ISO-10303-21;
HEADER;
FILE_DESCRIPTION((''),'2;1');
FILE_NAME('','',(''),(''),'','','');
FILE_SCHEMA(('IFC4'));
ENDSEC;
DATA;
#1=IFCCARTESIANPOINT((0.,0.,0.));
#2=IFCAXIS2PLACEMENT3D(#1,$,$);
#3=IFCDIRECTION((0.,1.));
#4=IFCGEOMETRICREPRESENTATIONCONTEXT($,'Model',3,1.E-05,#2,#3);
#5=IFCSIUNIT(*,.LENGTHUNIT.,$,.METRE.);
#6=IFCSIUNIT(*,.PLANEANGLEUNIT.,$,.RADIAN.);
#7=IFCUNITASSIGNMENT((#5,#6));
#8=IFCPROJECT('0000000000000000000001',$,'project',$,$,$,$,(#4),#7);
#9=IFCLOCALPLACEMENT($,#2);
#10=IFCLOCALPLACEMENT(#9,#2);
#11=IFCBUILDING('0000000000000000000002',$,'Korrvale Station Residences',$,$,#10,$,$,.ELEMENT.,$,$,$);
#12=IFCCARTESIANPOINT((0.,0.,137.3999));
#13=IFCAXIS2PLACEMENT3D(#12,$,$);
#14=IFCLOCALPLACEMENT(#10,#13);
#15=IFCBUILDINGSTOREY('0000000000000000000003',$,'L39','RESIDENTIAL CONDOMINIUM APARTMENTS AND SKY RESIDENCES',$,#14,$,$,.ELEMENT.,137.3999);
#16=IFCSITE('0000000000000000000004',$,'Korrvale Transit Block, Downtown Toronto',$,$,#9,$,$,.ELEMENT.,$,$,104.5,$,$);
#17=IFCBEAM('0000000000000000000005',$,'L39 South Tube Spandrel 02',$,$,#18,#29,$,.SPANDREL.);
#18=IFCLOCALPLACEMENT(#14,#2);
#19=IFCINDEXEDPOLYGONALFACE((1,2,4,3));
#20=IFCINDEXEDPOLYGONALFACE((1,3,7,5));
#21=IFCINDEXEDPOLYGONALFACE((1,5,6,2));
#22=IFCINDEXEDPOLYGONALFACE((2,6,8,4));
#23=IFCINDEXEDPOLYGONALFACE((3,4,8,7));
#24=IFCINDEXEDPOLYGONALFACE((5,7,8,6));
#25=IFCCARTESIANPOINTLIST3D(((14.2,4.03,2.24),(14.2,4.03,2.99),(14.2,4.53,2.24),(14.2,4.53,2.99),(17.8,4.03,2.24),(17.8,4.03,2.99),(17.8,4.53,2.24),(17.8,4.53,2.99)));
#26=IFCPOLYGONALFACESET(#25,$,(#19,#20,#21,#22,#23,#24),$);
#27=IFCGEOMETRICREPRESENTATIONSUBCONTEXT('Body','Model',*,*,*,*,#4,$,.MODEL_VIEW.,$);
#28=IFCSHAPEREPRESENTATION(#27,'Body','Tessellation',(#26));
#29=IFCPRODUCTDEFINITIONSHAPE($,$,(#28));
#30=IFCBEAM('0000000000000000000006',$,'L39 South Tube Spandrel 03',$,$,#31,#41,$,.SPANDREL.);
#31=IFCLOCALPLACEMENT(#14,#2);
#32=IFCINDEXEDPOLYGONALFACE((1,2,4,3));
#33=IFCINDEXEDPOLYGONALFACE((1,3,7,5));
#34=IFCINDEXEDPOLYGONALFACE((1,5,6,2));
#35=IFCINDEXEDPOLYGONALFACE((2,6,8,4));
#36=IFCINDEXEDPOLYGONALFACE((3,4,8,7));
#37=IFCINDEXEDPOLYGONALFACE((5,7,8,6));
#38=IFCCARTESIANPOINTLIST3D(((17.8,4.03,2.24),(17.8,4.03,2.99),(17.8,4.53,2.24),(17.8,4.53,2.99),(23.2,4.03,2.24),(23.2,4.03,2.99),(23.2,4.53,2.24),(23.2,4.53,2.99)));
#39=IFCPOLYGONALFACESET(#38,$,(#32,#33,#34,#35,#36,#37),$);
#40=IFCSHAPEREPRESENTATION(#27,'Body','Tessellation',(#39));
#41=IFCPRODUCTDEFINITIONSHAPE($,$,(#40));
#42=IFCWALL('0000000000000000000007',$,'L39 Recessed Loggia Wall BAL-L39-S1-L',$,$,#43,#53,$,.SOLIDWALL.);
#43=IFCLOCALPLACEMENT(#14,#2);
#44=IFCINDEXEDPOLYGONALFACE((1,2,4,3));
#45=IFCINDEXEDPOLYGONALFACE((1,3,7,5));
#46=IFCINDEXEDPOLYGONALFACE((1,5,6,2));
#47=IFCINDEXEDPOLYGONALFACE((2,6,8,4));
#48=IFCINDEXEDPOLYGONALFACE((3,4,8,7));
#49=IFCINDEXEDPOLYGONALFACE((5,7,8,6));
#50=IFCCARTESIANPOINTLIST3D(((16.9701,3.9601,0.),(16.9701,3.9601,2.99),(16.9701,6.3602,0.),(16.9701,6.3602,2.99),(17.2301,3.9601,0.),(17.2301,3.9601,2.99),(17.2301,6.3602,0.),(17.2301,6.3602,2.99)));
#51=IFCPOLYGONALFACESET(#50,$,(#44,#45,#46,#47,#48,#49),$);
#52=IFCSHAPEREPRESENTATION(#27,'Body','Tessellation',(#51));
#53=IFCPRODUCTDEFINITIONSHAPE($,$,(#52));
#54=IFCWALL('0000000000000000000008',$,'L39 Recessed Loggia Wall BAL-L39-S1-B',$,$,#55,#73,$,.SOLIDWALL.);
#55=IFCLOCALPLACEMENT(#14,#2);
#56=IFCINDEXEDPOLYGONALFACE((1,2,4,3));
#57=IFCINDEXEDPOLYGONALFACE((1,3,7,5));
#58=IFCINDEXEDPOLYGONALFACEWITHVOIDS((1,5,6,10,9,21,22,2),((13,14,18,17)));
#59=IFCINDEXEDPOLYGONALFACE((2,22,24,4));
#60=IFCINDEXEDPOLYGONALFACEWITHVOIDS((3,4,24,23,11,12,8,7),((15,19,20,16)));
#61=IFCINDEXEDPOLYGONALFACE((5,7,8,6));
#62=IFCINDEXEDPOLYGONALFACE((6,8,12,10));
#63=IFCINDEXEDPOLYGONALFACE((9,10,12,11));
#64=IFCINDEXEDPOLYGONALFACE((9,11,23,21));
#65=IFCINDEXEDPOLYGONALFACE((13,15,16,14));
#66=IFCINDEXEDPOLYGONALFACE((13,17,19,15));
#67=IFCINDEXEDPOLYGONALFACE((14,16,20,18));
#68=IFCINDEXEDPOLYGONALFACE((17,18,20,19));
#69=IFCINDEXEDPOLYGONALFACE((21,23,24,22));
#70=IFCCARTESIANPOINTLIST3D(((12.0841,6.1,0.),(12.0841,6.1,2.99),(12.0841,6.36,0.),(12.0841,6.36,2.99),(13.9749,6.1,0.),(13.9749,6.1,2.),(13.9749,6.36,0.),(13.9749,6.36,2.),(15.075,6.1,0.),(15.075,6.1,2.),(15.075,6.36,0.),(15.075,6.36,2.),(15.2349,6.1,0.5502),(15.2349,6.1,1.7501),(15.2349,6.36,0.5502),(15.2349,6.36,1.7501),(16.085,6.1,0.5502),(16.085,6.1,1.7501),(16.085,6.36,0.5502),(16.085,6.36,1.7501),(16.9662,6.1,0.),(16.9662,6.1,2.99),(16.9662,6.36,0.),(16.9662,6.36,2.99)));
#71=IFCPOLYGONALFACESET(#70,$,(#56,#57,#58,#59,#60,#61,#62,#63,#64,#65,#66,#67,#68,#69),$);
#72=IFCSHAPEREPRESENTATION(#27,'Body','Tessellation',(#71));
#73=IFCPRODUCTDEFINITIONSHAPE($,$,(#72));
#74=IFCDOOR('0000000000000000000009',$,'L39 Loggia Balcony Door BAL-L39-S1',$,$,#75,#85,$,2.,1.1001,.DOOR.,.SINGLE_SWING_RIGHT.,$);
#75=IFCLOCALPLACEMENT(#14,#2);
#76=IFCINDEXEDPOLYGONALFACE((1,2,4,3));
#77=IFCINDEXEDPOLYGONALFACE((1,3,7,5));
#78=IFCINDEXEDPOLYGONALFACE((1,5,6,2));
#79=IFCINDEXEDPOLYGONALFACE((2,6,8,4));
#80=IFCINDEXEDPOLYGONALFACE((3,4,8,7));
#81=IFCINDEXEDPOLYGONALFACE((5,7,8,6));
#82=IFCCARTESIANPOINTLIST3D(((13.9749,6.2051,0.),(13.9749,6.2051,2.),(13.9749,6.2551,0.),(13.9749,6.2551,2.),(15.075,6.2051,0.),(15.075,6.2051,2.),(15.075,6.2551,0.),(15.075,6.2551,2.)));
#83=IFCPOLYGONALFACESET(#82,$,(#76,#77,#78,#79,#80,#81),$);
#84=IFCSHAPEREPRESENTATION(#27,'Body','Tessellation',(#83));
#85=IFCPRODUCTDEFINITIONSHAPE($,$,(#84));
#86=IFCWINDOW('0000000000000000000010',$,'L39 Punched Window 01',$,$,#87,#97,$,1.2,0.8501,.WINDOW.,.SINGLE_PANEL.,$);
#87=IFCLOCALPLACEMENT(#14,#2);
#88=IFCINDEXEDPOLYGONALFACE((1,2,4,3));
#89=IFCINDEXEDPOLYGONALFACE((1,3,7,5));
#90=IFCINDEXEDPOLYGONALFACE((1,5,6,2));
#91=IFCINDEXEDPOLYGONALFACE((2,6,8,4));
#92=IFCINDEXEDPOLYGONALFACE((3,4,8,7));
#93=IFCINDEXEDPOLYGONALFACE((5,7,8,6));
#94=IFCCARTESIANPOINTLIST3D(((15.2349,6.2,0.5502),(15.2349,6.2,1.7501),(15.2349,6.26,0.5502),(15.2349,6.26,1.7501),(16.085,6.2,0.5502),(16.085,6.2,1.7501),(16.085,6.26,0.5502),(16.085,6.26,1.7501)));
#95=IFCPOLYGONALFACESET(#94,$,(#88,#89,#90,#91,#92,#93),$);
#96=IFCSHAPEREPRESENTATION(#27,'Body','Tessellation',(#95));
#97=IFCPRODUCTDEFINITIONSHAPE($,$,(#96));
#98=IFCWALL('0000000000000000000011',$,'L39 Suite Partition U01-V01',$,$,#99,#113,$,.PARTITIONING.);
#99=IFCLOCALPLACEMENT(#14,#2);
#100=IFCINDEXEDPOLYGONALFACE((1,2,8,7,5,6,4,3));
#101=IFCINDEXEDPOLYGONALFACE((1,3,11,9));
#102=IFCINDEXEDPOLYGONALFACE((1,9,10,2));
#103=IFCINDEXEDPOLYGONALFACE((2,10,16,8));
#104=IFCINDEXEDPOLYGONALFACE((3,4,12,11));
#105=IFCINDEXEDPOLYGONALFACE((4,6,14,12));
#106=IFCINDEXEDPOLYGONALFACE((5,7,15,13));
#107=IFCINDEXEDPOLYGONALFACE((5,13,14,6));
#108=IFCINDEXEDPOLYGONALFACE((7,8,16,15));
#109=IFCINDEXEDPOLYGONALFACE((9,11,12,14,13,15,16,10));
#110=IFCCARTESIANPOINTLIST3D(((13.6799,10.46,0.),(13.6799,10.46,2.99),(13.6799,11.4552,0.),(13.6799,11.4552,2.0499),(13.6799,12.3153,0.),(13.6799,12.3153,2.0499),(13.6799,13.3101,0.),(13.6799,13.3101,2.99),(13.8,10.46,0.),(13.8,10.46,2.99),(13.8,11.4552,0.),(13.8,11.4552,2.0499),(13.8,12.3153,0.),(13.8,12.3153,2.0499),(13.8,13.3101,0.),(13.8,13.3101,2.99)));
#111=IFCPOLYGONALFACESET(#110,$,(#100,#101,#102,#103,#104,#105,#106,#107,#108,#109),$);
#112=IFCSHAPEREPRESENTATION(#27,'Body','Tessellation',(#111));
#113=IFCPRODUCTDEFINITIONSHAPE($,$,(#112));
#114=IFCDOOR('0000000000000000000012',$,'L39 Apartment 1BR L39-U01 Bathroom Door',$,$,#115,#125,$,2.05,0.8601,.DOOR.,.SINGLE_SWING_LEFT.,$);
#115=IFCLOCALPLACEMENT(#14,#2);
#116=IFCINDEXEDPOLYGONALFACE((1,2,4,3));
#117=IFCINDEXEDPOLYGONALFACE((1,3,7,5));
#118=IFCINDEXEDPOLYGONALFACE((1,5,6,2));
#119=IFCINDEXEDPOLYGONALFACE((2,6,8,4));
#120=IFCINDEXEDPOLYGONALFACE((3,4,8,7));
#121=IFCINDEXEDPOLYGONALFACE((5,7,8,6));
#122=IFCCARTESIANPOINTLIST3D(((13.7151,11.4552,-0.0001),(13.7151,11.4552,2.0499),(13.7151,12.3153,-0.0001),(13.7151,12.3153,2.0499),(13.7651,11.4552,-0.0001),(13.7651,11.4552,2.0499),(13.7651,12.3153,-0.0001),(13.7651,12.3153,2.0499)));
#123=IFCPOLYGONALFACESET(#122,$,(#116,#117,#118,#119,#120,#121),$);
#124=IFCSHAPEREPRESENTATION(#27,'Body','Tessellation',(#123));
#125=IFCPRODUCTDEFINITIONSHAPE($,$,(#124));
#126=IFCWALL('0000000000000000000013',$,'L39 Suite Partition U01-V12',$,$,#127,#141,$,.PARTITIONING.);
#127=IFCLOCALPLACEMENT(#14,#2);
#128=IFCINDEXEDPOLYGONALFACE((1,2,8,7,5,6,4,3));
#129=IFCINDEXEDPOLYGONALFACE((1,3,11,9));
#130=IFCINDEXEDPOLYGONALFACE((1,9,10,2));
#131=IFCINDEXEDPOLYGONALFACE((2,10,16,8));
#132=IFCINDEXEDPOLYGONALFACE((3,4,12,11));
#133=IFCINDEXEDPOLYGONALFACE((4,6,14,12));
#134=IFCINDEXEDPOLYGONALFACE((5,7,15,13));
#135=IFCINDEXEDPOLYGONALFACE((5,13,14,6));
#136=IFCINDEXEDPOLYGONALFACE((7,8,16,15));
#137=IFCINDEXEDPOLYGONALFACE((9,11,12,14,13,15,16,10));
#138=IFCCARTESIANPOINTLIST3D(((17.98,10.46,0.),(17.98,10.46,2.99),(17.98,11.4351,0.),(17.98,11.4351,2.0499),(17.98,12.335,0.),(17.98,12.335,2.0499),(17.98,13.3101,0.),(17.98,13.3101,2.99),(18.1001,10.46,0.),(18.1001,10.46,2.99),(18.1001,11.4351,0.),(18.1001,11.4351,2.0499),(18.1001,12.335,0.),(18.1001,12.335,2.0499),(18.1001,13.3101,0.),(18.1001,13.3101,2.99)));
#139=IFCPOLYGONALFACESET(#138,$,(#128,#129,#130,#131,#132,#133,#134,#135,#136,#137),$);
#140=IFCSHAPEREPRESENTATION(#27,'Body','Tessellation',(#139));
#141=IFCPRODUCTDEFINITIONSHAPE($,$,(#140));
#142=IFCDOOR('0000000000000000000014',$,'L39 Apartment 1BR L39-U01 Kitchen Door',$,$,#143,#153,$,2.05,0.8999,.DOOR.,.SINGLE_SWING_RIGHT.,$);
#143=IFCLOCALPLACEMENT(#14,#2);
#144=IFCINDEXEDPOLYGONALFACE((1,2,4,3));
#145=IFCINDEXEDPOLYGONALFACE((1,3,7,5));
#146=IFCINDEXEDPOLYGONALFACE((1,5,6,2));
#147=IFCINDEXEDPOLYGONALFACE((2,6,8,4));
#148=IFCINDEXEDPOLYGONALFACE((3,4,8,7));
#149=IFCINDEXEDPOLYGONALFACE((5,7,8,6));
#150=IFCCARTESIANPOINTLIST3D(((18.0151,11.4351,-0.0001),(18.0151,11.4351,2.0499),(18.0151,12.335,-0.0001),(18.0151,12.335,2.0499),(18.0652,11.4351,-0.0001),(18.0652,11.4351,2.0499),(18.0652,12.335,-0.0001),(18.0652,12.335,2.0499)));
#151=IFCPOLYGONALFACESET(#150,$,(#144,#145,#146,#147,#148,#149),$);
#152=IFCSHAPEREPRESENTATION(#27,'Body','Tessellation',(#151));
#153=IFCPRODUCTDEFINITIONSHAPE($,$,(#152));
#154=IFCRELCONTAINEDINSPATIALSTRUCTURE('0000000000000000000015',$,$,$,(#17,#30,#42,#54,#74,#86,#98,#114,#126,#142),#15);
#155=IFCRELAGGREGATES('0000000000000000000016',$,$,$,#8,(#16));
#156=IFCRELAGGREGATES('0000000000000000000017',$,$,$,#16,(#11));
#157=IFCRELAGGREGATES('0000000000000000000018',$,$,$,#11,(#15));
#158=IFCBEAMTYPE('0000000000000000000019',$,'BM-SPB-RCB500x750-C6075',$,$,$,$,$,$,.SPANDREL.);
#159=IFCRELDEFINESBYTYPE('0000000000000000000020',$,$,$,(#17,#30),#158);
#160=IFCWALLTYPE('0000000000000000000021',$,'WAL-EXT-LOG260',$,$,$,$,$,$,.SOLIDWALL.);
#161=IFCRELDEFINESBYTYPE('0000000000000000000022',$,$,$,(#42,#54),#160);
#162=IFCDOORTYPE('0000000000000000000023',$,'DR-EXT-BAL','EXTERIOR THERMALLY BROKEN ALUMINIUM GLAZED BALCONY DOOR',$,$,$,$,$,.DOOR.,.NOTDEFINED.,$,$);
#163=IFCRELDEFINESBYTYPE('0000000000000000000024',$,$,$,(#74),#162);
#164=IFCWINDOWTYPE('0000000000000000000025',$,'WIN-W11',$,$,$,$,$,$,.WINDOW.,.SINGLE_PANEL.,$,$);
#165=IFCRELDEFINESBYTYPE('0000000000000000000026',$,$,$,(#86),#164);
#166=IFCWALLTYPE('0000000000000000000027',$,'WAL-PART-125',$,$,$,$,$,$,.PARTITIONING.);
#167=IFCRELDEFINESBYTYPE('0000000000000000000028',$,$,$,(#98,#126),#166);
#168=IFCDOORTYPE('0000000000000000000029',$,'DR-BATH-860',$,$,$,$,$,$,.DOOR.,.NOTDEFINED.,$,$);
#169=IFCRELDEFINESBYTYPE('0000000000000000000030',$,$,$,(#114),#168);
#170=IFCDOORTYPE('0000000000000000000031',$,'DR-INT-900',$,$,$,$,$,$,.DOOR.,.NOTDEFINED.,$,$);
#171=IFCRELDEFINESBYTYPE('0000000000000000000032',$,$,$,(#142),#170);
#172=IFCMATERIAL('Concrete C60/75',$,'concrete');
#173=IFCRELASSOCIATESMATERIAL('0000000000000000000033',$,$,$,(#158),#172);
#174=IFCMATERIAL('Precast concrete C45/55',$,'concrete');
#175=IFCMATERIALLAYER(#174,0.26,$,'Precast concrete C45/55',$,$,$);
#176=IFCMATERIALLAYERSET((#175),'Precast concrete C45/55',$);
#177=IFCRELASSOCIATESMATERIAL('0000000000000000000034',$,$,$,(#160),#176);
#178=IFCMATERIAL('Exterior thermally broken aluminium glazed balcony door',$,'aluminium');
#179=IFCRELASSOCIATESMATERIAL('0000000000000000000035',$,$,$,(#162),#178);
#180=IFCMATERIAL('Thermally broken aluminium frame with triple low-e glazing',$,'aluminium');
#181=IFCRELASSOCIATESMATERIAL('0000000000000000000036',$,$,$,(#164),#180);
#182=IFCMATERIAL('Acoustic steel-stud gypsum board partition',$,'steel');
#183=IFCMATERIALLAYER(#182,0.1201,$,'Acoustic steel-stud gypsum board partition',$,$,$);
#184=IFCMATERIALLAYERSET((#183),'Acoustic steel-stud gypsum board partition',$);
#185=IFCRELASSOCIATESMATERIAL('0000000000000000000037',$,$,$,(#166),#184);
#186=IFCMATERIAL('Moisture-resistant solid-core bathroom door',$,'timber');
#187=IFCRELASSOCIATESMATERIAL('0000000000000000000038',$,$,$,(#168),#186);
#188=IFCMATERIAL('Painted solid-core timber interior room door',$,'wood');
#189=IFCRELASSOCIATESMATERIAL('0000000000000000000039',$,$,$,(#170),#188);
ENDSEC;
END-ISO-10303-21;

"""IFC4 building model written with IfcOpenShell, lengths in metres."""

from ifc_helpers import new_model, si_unit, direction, frame, frame_2d, origin, origin_2d, place, context, subcontext, project, spatial, rectangle, extrude, material, layer, layer_set, material_profile, profile_set, type_object, element, fill, save


model = new_model("IFC4")

# Units and contexts
model_context = context("Model", 3, precision=1e-05, world=origin(), true_north=direction((0.0, 1.0)))
body_context = subcontext(model_context, "Body", "Model", "MODEL_VIEW")
ifc_project = project(units=[si_unit("LENGTHUNIT", "METRE"), si_unit("PLANEANGLEUNIT", "RADIAN")], contexts=[model_context])

# Site, building, storey
site_placement = place(None, origin())
site = spatial("IfcSite", under=ifc_project, at=site_placement, Name="Korrvale Transit Block, Downtown Toronto", CompositionType="ELEMENT", RefElevation=104.5)
building_placement = place(site_placement, origin())
building = spatial("IfcBuilding", under=site, at=building_placement, Name="Korrvale Station Residences", CompositionType="ELEMENT")
storey_placement = place(building_placement, frame((0.0, 0.0, 137.3999)))
storey = spatial("IfcBuildingStorey", under=building, at=storey_placement, Name="L39", Description="RESIDENTIAL CONDOMINIUM APARTMENTS AND SKY RESIDENCES", CompositionType="ELEMENT", Elevation=137.3999)

# Shared definitions
ifc_material_1 = material(Name="Concrete C60/75", Category="concrete")

# Beams
ifc_material_profile_1 = material_profile(ifc_material_1, rectangle(XDim=0.5, YDim=0.75, at=origin_2d()), Name="RCB500x750")
ifc_profile_set_1 = profile_set([ifc_material_profile_1], Name="Concrete C60/75")
beam_type_1 = type_object("IfcBeamType", Name="BM-SPB-RCB500x750-C6075", PredefinedType="SPANDREL", material=ifc_profile_set_1)
beam_1_placement = place(storey_placement, frame((14.2, 4.28, 2.615), z_axis=(1.0, 0.0, 0.0), x_axis=(0.0, 1.0, 0.0)))
element("IfcBeam", 1, at=beam_1_placement, inside=storey, type_object=beam_type_1, Name="L39 South Tube Spandrel 02", PredefinedType="SPANDREL", context=body_context, shape_type="SweptSolid", body=[
    extrude(rectangle(XDim=0.5, YDim=0.75, at=origin_2d()), origin(), (0.0, 0.0, 1.0), 3.6001),
])
beam_2_placement = place(storey_placement, frame((17.8, 4.28, 2.615), z_axis=(1.0, 0.0, 0.0), x_axis=(0.0, 1.0, 0.0)))
element("IfcBeam", 2, at=beam_2_placement, inside=storey, type_object=beam_type_1, Name="L39 South Tube Spandrel 03", PredefinedType="SPANDREL", context=body_context, shape_type="SweptSolid", body=[
    extrude(rectangle(XDim=0.5, YDim=0.75, at=origin_2d()), origin(), (0.0, 0.0, 1.0), 5.3999),
])

# Wall
ifc_material_2 = material(Name="Precast concrete C45/55", Category="concrete")
ifc_layer_1 = layer(ifc_material_2, 0.26, Name="Precast concrete C45/55")
ifc_layer_set_1 = layer_set([ifc_layer_1], Name="Precast concrete C45/55")
wall_type_1 = type_object("IfcWallType", Name="WAL-EXT-LOG260", PredefinedType="SOLIDWALL", material=ifc_layer_set_1)
wall_1_placement = place(storey_placement, frame((17.1001, 3.96, 0.0), z_axis=(0.0, 0.0, 1.0), x_axis=(0.0, 1.0, 0.0)))
element("IfcWall", 3, at=wall_1_placement, inside=storey, type_object=wall_type_1, Name="L39 Recessed Loggia Wall BAL-L39-S1-L", PredefinedType="SOLIDWALL", context=body_context, shape_type="SweptSolid", body=[
    extrude(rectangle(XDim=2.4001, YDim=0.26, at=frame_2d((1.2002, 0.0))), origin(), (0.0, 0.0, 1.0), 2.99),
])

# Wall, openings, door, window
wall_2_placement = place(storey_placement, frame((16.9661, 6.23, 0.0), z_axis=(0.0, 0.0, 1.0), x_axis=(-1.0, 0.0, 0.0)))
wall_2 = element("IfcWall", 4, at=wall_2_placement, inside=storey, type_object=wall_type_1, Name="L39 Recessed Loggia Wall BAL-L39-S1-B", PredefinedType="SOLIDWALL", context=body_context, shape_type="SweptSolid", body=[
    extrude(rectangle(XDim=4.8821, YDim=0.26, at=frame_2d((2.4409, 0.0))), origin(), (0.0, 0.0, 1.0), 2.99),
])
opening_1_placement = place(wall_2_placement, frame((1.8911, 0.0, 0.0)))
opening_1 = element("IfcOpeningElement", 5, at=opening_1_placement, cuts=wall_2, PredefinedType="OPENING", context=body_context, shape_type="SweptSolid", body=[
    extrude(rectangle(XDim=1.1001, YDim=2.0, at=frame_2d((0.55, 1.0))), frame((0.0, 0.1401, 0.0), z_axis=(0.0, -1.0, 0.0), x_axis=(1.0, 0.0, 0.0)), (0.0, 0.0, 1.0), 0.28),
])
opening_2_placement = place(wall_2_placement, frame((0.8811, 0.0, 0.55)))
opening_2 = element("IfcOpeningElement", 6, at=opening_2_placement, cuts=wall_2, PredefinedType="OPENING", context=body_context, shape_type="SweptSolid", body=[
    extrude(rectangle(XDim=0.8501, YDim=1.2, at=frame_2d((0.425, 0.6001))), frame((0.0, 0.1401, 0.0), z_axis=(0.0, -1.0, 0.0), x_axis=(1.0, 0.0, 0.0)), (0.0, 0.0, 1.0), 0.28),
])
ifc_material_3 = material(Name="Exterior thermally broken aluminium glazed balcony door", Category="aluminium")
door_type_1 = type_object("IfcDoorType", Name="DR-EXT-BAL", Description="EXTERIOR THERMALLY BROKEN ALUMINIUM GLAZED BALCONY DOOR", OperationType="NOTDEFINED", PredefinedType="DOOR", material=ifc_material_3)
door_1_placement = place(opening_1_placement, origin())
door_1 = element("IfcDoor", 7, at=door_1_placement, inside=storey, type_object=door_type_1, Name="L39 Loggia Balcony Door BAL-L39-S1", OperationType="SINGLE_SWING_RIGHT", OverallHeight=2.0, OverallWidth=1.1001, PredefinedType="DOOR", context=body_context, shape_type="SweptSolid", body=[
    extrude(rectangle(XDim=1.1001, YDim=2.0, at=frame_2d((0.55, 1.0))), frame((0.0, 0.0249, 0.0), z_axis=(0.0, -1.0, 0.0), x_axis=(1.0, 0.0, 0.0)), (0.0, 0.0, 1.0), 0.05),
])
fill(opening_1, door_1)
ifc_material_4 = material(Name="Thermally broken aluminium frame with triple low-e glazing", Category="aluminium")
window_type = type_object("IfcWindowType", Name="WIN-W11", PartitioningType="SINGLE_PANEL", PredefinedType="WINDOW", material=ifc_material_4)
window_placement = place(opening_2_placement, origin())
window = element("IfcWindow", 8, at=window_placement, inside=storey, type_object=window_type, Name="L39 Punched Window 01", OverallHeight=1.2, OverallWidth=0.8501, PartitioningType="SINGLE_PANEL", PredefinedType="WINDOW", context=body_context, shape_type="SweptSolid", body=[
    extrude(rectangle(XDim=0.8501, YDim=1.2, at=frame_2d((0.425, 0.6001))), frame((0.0, 0.03, 0.0), z_axis=(0.0, -1.0, 0.0), x_axis=(1.0, 0.0, 0.0)), (0.0, 0.0, 1.0), 0.0601),
])
fill(opening_2, window)

# Walls, openings, doors
ifc_material_5 = material(Name="Acoustic steel-stud gypsum board partition", Category="steel")
ifc_layer_2 = layer(ifc_material_5, 0.1201, Name="Acoustic steel-stud gypsum board partition")
ifc_layer_set_2 = layer_set([ifc_layer_2], Name="Acoustic steel-stud gypsum board partition")
wall_type_2 = type_object("IfcWallType", Name="WAL-PART-125", PredefinedType="PARTITIONING", material=ifc_layer_set_2)
wall_3_placement = place(storey_placement, frame((13.74, 10.46, 0.0), z_axis=(0.0, 0.0, 1.0), x_axis=(0.0, 1.0, 0.0)))
wall_3 = element("IfcWall", 9, at=wall_3_placement, inside=storey, type_object=wall_type_2, Name="L39 Suite Partition U01-V01", PredefinedType="PARTITIONING", context=body_context, shape_type="SweptSolid", body=[
    extrude(rectangle(XDim=2.8501, YDim=0.1201, at=frame_2d((1.425, 0.0))), origin(), (0.0, 0.0, 1.0), 2.99),
])
opening_3_placement = place(wall_3_placement, frame((0.9951, 0.0, 0.0)))
opening_3 = element("IfcOpeningElement", 10, at=opening_3_placement, cuts=wall_3, PredefinedType="OPENING", context=body_context, shape_type="SweptSolid", body=[
    extrude(rectangle(XDim=0.8601, YDim=2.05, at=frame_2d((0.4302, 1.0249))), frame((0.0, 0.0701, 0.0), z_axis=(0.0, -1.0, 0.0), x_axis=(1.0, 0.0, 0.0)), (0.0, 0.0, 1.0), 0.1401),
])
ifc_material_6 = material(Name="Moisture-resistant solid-core bathroom door", Category="timber")
door_type_2 = type_object("IfcDoorType", Name="DR-BATH-860", OperationType="NOTDEFINED", PredefinedType="DOOR", material=ifc_material_6)
door_2_placement = place(opening_3_placement, origin())
door_2 = element("IfcDoor", 11, at=door_2_placement, inside=storey, type_object=door_type_2, Name="L39 Apartment 1BR L39-U01 Bathroom Door", OperationType="SINGLE_SWING_LEFT", OverallHeight=2.05, OverallWidth=0.8601, PredefinedType="DOOR", context=body_context, shape_type="SweptSolid", body=[
    extrude(rectangle(XDim=0.8601, YDim=2.05, at=frame_2d((0.4302, 1.0249))), frame((0.0, 0.0249, 0.0), z_axis=(0.0, -1.0, 0.0), x_axis=(1.0, 0.0, 0.0)), (0.0, 0.0, 1.0), 0.05),
])
fill(opening_3, door_2)
wall_4_placement = place(storey_placement, frame((18.04, 10.46, 0.0), z_axis=(0.0, 0.0, 1.0), x_axis=(0.0, 1.0, 0.0)))
wall_4 = element("IfcWall", 12, at=wall_4_placement, inside=storey, type_object=wall_type_2, Name="L39 Suite Partition U01-V12", PredefinedType="PARTITIONING", context=body_context, shape_type="SweptSolid", body=[
    extrude(rectangle(XDim=2.8501, YDim=0.1201, at=frame_2d((1.425, 0.0))), origin(), (0.0, 0.0, 1.0), 2.99),
])
opening_4_placement = place(wall_4_placement, frame((0.9751, 0.0, 0.0)))
opening_4 = element("IfcOpeningElement", 13, at=opening_4_placement, cuts=wall_4, PredefinedType="OPENING", context=body_context, shape_type="SweptSolid", body=[
    extrude(rectangle(XDim=0.8999, YDim=2.05, at=frame_2d((0.45, 1.0249))), frame((0.0, 0.0701, 0.0), z_axis=(0.0, -1.0, 0.0), x_axis=(1.0, 0.0, 0.0)), (0.0, 0.0, 1.0), 0.1401),
])
ifc_material_7 = material(Name="Painted solid-core timber interior room door", Category="wood")
door_type_3 = type_object("IfcDoorType", Name="DR-INT-900", OperationType="NOTDEFINED", PredefinedType="DOOR", material=ifc_material_7)
door_3_placement = place(opening_4_placement, origin())
door_3 = element("IfcDoor", 14, at=door_3_placement, inside=storey, type_object=door_type_3, Name="L39 Apartment 1BR L39-U01 Kitchen Door", OperationType="SINGLE_SWING_RIGHT", OverallHeight=2.05, OverallWidth=0.8999, PredefinedType="DOOR", context=body_context, shape_type="SweptSolid", body=[
    extrude(rectangle(XDim=0.8999, YDim=2.05, at=frame_2d((0.45, 1.0249))), frame((0.0, 0.0249, 0.0), z_axis=(0.0, -1.0, 0.0), x_axis=(1.0, 0.0, 0.0)), (0.0, 0.0, 1.0), 0.05),
])
fill(opening_4, door_3)

save(model, "model.ifc")
